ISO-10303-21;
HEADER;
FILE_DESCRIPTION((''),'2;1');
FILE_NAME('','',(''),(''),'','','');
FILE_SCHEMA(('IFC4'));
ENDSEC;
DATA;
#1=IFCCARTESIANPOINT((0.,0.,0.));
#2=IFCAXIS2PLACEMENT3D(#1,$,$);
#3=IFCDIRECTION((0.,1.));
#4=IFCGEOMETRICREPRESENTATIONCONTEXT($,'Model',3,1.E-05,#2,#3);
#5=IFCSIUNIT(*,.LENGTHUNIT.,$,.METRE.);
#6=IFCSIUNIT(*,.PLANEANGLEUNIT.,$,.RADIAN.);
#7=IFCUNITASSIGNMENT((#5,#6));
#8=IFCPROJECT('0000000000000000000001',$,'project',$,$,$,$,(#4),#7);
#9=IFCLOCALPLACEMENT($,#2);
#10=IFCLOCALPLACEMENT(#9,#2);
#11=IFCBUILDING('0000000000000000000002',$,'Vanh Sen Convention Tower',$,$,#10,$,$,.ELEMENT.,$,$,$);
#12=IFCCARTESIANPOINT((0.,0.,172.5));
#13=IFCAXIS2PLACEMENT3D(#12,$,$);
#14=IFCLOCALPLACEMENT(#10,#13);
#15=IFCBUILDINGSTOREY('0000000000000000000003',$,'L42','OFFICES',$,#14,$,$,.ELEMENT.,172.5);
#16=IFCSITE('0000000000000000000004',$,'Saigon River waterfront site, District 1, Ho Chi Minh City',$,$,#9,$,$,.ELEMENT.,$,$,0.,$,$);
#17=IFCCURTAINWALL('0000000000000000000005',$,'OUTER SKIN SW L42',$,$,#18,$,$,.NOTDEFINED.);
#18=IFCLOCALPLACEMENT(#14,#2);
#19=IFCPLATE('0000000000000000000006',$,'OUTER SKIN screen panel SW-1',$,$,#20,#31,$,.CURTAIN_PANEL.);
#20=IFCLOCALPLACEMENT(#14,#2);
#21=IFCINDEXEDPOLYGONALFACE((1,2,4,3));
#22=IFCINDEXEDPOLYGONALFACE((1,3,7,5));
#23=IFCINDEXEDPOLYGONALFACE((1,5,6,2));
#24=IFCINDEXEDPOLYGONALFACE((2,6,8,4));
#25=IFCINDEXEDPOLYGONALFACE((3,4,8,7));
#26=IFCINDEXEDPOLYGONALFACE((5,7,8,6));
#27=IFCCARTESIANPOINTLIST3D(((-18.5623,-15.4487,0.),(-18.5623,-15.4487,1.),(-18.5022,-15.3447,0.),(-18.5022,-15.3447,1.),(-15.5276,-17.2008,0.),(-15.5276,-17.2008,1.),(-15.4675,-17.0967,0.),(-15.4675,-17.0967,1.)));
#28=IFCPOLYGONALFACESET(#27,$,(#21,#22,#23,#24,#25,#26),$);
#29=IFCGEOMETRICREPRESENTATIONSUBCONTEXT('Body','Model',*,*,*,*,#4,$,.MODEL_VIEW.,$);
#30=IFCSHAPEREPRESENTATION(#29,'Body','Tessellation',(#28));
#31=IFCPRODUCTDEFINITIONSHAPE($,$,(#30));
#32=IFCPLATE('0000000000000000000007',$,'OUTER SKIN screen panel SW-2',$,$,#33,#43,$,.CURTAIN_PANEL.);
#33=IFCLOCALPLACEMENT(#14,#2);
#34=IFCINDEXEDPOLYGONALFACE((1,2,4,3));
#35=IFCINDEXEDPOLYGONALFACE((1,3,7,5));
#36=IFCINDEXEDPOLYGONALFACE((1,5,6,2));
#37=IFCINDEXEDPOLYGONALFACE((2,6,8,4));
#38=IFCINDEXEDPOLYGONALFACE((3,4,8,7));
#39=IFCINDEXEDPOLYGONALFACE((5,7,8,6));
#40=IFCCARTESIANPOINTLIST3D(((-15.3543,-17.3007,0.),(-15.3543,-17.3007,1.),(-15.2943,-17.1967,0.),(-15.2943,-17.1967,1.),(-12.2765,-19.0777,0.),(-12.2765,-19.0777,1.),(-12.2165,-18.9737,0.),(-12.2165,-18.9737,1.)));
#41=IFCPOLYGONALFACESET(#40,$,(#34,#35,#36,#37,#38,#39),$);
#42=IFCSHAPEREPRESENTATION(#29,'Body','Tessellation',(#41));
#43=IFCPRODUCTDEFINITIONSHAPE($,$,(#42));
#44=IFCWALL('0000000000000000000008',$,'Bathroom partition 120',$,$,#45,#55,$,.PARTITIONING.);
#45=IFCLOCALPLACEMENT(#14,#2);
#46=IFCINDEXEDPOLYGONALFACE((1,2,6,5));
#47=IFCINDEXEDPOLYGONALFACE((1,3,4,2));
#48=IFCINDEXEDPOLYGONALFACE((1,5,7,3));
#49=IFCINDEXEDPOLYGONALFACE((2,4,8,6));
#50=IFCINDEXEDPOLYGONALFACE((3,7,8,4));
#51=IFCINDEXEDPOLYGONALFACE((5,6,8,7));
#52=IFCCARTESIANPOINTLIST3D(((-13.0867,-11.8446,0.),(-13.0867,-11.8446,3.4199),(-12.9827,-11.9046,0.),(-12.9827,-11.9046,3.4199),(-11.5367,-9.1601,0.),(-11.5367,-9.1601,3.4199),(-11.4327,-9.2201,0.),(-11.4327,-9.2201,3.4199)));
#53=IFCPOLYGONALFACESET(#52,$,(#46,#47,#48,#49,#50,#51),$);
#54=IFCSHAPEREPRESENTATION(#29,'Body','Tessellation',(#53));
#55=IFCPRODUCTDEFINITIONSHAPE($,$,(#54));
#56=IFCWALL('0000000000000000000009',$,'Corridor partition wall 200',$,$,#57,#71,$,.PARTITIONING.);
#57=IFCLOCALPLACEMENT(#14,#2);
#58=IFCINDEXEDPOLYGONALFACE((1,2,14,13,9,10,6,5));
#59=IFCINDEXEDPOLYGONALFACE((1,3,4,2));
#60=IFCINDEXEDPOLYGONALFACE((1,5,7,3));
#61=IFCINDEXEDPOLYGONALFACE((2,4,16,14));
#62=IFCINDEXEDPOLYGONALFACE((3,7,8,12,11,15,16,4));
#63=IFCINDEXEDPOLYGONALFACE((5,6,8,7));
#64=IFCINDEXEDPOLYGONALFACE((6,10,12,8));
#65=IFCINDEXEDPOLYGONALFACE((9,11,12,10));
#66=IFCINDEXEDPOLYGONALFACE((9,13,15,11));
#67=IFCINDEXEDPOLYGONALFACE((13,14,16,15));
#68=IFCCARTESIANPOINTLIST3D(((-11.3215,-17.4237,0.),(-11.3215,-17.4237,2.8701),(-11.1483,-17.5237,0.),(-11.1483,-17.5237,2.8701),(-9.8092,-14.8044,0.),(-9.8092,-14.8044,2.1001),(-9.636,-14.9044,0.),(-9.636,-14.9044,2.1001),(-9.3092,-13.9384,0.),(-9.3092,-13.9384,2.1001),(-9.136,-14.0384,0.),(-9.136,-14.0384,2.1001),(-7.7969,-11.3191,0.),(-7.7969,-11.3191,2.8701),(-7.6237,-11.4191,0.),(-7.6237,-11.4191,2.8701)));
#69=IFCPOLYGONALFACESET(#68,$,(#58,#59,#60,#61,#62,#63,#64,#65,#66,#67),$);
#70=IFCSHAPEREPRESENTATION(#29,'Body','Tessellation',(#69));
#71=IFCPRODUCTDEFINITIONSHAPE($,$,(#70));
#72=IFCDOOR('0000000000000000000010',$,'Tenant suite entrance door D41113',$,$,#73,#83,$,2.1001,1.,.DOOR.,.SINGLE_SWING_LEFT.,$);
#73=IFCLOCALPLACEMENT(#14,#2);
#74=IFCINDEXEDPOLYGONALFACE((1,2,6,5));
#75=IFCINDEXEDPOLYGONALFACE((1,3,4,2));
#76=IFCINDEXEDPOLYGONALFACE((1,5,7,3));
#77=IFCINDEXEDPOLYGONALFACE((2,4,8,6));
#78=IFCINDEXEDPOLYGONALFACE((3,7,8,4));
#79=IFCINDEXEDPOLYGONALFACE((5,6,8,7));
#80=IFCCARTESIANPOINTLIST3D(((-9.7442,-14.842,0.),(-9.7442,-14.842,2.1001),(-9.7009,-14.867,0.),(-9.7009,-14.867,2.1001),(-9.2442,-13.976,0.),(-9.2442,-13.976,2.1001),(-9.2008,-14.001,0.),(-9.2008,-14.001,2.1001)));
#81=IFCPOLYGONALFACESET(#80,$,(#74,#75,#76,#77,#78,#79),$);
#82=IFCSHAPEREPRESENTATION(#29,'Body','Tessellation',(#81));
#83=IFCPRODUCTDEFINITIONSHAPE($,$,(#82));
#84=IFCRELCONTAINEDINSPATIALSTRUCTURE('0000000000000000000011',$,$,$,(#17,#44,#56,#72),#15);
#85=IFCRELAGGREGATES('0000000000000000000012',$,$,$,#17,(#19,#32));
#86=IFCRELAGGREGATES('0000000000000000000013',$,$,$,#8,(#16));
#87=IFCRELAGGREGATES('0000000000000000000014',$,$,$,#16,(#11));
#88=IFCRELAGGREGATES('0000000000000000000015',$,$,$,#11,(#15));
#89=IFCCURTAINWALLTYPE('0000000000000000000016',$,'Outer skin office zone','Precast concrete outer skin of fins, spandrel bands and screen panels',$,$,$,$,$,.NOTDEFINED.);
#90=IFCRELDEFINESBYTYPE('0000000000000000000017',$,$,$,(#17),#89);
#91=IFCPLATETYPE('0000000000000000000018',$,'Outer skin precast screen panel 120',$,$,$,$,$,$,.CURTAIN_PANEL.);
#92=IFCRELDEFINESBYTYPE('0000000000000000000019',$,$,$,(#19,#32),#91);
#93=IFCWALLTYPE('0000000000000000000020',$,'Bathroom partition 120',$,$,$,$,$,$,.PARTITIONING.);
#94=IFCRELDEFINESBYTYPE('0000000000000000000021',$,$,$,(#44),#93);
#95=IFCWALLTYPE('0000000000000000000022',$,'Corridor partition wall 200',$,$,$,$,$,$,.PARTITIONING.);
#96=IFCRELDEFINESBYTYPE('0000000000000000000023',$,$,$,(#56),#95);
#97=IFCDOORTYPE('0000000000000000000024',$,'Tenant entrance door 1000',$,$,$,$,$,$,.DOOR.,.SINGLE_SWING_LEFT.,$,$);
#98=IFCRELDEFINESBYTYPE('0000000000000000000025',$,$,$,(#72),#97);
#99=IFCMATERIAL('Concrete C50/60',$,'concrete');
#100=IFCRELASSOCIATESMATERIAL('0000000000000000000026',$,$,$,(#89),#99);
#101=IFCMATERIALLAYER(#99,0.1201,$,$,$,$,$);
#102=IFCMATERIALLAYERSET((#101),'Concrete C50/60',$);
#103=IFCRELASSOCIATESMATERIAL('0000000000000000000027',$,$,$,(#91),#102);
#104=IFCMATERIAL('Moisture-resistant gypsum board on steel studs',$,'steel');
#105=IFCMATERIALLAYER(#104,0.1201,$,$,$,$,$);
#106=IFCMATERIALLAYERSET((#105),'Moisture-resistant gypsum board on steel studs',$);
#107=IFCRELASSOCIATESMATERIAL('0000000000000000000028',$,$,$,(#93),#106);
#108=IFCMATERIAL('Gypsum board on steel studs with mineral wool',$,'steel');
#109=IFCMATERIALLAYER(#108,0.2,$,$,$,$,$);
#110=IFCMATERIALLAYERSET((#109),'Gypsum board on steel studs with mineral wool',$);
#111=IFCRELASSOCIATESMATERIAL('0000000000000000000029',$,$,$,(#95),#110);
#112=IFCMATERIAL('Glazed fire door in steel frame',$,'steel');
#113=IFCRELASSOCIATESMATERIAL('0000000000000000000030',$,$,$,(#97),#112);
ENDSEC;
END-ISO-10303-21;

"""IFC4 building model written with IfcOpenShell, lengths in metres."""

from ifc_helpers import new_model, si_unit, direction, frame, frame_2d, origin, origin_2d, place, context, subcontext, project, spatial, rectangle, extrude, material, layer, layer_set, type_object, element, fill, aggregate, save


model = new_model("IFC4")

# Units and contexts
model_context = context("Model", 3, precision=1e-05, world=origin(), true_north=direction((0.0, 1.0)))
body_context = subcontext(model_context, "Body", "Model", "MODEL_VIEW")
ifc_project = project(units=[si_unit("LENGTHUNIT", "METRE"), si_unit("PLANEANGLEUNIT", "RADIAN")], contexts=[model_context])

# Site, building, storey
site_placement = place(None, origin())
site = spatial("IfcSite", under=ifc_project, at=site_placement, Name="Saigon River waterfront site, District 1, Ho Chi Minh City", CompositionType="ELEMENT", RefElevation=0.0)
building_placement = place(site_placement, origin())
building = spatial("IfcBuilding", under=site, at=building_placement, Name="Vanh Sen Convention Tower", CompositionType="ELEMENT")
storey_placement = place(building_placement, frame((0.0, 0.0, 172.5)))
storey = spatial("IfcBuildingStorey", under=building, at=storey_placement, Name="L42", Description="OFFICES", CompositionType="ELEMENT", Elevation=172.5)

# Curtain wall
ifc_material_1 = material(Name="Concrete C50/60", Category="concrete")
curtain_wall_type = type_object("IfcCurtainWallType", Name="Outer skin office zone", Description="Precast concrete outer skin of fins, spandrel bands and screen panels", PredefinedType="NOTDEFINED", material=ifc_material_1)
curtain_wall_1_placement = place(storey_placement, origin())
curtain_wall_1 = element("IfcCurtainWall", 1, at=curtain_wall_1_placement, inside=storey, type_object=curtain_wall_type, Name="OUTER SKIN SW L42", PredefinedType="NOTDEFINED")

# Shared definitions
ifc_layer_1 = layer(ifc_material_1, 0.1201)
ifc_layer_set_1 = layer_set([ifc_layer_1], Name="Concrete C50/60")
plate_type = type_object("IfcPlateType", Name="Outer skin precast screen panel 120", PredefinedType="CURTAIN_PANEL", material=ifc_layer_set_1)

# Plates
plate_1_placement = place(storey_placement, frame((-17.0149, -16.2727, 0.0), z_axis=(0.0, 0.0, 1.0), x_axis=(0.866024, -0.500003, 0.0)))
plate_1 = element("IfcPlate", 2, at=plate_1_placement, type_object=plate_type, Name="OUTER SKIN screen panel SW-1", PredefinedType="CURTAIN_PANEL", context=body_context, shape_type="SweptSolid", body=[
    extrude(rectangle(XDim=3.5042, YDim=0.1201, at=origin_2d()), origin(), (0.0, 0.0, 1.0), 1.0),
])
plate_2_placement = place(storey_placement, frame((-13.7854, -18.1372, 0.0), z_axis=(0.0, 0.0, 1.0), x_axis=(0.866028, -0.499995, 0.0)))
plate_2 = element("IfcPlate", 3, at=plate_2_placement, type_object=plate_type, Name="OUTER SKIN screen panel SW-2", PredefinedType="CURTAIN_PANEL", context=body_context, shape_type="SweptSolid", body=[
    extrude(rectangle(XDim=3.554, YDim=0.1201, at=origin_2d()), origin(), (0.0, 0.0, 1.0), 1.0),
])
aggregate(curtain_wall_1, [plate_1, plate_2])

# Wall
ifc_material_2 = material(Name="Moisture-resistant gypsum board on steel studs", Category="steel")
ifc_layer_2 = layer(ifc_material_2, 0.1201)
ifc_layer_set_2 = layer_set([ifc_layer_2], Name="Moisture-resistant gypsum board on steel studs")
wall_type_1 = type_object("IfcWallType", Name="Bathroom partition 120", PredefinedType="PARTITIONING", material=ifc_layer_set_2)
wall_1_placement = place(storey_placement, frame((-13.0347, -11.8745, 0.0), z_axis=(0.0, 0.0, 1.0), x_axis=(0.500027, 0.86601, 0.0)))
element("IfcWall", 4, at=wall_1_placement, inside=storey, type_object=wall_type_1, Name="Bathroom partition 120", PredefinedType="PARTITIONING", context=body_context, shape_type="SweptSolid", body=[
    extrude(rectangle(XDim=3.0999, YDim=0.1201, at=frame_2d((1.5498, 0.0))), origin(), (0.0, 0.0, 1.0), 3.4199),
])

# Wall, opening, door
ifc_material_3 = material(Name="Gypsum board on steel studs with mineral wool", Category="steel")
ifc_layer_3 = layer(ifc_material_3, 0.2)
ifc_layer_set_3 = layer_set([ifc_layer_3], Name="Gypsum board on steel studs with mineral wool")
wall_type_2 = type_object("IfcWallType", Name="Corridor partition wall 200", PredefinedType="PARTITIONING", material=ifc_layer_set_3)
wall_2_placement = place(storey_placement, frame((-11.2349, -17.4736, 0.0), z_axis=(0.0, 0.0, 1.0), x_axis=(0.500009, 0.86602, 0.0)))
wall_2 = element("IfcWall", 5, at=wall_2_placement, inside=storey, type_object=wall_type_2, Name="Corridor partition wall 200", PredefinedType="PARTITIONING", context=body_context, shape_type="SweptSolid", body=[
    extrude(rectangle(XDim=7.0491, YDim=0.2, at=frame_2d((3.5244, 0.0))), origin(), (0.0, 0.0, 1.0), 2.8701),
])
opening_1_placement = place(wall_2_placement, frame((3.0244, 0.0, 0.0)))
opening_1 = element("IfcOpeningElement", 6, at=opening_1_placement, cuts=wall_2, PredefinedType="OPENING", context=body_context, shape_type="SweptSolid", body=[
    extrude(rectangle(XDim=1.0, YDim=2.1001, at=frame_2d((0.5, 1.05))), frame((0.0, 0.1099, 0.0), z_axis=(0.0, -1.0, 0.0), x_axis=(1.0, 0.0, 0.0)), (0.0, 0.0, 1.0), 0.22),
])
ifc_material_4 = material(Name="Glazed fire door in steel frame", Category="steel")
door_type = type_object("IfcDoorType", Name="Tenant entrance door 1000", OperationType="SINGLE_SWING_LEFT", PredefinedType="DOOR", material=ifc_material_4)
door_placement = place(opening_1_placement, origin())
door = element("IfcDoor", 7, at=door_placement, inside=storey, type_object=door_type, Name="Tenant suite entrance door D41113", OperationType="SINGLE_SWING_LEFT", OverallHeight=2.1001, OverallWidth=1.0, PredefinedType="DOOR", context=body_context, shape_type="SweptSolid", body=[
    extrude(rectangle(XDim=1.0, YDim=2.1001, at=frame_2d((0.5, 1.05))), frame((0.0, 0.0249, 0.0), z_axis=(0.0, -1.0, 0.0), x_axis=(1.0, 0.0, 0.0)), (0.0, 0.0, 1.0), 0.05),
])
fill(opening_1, door)

save(model, "model.ifc")
